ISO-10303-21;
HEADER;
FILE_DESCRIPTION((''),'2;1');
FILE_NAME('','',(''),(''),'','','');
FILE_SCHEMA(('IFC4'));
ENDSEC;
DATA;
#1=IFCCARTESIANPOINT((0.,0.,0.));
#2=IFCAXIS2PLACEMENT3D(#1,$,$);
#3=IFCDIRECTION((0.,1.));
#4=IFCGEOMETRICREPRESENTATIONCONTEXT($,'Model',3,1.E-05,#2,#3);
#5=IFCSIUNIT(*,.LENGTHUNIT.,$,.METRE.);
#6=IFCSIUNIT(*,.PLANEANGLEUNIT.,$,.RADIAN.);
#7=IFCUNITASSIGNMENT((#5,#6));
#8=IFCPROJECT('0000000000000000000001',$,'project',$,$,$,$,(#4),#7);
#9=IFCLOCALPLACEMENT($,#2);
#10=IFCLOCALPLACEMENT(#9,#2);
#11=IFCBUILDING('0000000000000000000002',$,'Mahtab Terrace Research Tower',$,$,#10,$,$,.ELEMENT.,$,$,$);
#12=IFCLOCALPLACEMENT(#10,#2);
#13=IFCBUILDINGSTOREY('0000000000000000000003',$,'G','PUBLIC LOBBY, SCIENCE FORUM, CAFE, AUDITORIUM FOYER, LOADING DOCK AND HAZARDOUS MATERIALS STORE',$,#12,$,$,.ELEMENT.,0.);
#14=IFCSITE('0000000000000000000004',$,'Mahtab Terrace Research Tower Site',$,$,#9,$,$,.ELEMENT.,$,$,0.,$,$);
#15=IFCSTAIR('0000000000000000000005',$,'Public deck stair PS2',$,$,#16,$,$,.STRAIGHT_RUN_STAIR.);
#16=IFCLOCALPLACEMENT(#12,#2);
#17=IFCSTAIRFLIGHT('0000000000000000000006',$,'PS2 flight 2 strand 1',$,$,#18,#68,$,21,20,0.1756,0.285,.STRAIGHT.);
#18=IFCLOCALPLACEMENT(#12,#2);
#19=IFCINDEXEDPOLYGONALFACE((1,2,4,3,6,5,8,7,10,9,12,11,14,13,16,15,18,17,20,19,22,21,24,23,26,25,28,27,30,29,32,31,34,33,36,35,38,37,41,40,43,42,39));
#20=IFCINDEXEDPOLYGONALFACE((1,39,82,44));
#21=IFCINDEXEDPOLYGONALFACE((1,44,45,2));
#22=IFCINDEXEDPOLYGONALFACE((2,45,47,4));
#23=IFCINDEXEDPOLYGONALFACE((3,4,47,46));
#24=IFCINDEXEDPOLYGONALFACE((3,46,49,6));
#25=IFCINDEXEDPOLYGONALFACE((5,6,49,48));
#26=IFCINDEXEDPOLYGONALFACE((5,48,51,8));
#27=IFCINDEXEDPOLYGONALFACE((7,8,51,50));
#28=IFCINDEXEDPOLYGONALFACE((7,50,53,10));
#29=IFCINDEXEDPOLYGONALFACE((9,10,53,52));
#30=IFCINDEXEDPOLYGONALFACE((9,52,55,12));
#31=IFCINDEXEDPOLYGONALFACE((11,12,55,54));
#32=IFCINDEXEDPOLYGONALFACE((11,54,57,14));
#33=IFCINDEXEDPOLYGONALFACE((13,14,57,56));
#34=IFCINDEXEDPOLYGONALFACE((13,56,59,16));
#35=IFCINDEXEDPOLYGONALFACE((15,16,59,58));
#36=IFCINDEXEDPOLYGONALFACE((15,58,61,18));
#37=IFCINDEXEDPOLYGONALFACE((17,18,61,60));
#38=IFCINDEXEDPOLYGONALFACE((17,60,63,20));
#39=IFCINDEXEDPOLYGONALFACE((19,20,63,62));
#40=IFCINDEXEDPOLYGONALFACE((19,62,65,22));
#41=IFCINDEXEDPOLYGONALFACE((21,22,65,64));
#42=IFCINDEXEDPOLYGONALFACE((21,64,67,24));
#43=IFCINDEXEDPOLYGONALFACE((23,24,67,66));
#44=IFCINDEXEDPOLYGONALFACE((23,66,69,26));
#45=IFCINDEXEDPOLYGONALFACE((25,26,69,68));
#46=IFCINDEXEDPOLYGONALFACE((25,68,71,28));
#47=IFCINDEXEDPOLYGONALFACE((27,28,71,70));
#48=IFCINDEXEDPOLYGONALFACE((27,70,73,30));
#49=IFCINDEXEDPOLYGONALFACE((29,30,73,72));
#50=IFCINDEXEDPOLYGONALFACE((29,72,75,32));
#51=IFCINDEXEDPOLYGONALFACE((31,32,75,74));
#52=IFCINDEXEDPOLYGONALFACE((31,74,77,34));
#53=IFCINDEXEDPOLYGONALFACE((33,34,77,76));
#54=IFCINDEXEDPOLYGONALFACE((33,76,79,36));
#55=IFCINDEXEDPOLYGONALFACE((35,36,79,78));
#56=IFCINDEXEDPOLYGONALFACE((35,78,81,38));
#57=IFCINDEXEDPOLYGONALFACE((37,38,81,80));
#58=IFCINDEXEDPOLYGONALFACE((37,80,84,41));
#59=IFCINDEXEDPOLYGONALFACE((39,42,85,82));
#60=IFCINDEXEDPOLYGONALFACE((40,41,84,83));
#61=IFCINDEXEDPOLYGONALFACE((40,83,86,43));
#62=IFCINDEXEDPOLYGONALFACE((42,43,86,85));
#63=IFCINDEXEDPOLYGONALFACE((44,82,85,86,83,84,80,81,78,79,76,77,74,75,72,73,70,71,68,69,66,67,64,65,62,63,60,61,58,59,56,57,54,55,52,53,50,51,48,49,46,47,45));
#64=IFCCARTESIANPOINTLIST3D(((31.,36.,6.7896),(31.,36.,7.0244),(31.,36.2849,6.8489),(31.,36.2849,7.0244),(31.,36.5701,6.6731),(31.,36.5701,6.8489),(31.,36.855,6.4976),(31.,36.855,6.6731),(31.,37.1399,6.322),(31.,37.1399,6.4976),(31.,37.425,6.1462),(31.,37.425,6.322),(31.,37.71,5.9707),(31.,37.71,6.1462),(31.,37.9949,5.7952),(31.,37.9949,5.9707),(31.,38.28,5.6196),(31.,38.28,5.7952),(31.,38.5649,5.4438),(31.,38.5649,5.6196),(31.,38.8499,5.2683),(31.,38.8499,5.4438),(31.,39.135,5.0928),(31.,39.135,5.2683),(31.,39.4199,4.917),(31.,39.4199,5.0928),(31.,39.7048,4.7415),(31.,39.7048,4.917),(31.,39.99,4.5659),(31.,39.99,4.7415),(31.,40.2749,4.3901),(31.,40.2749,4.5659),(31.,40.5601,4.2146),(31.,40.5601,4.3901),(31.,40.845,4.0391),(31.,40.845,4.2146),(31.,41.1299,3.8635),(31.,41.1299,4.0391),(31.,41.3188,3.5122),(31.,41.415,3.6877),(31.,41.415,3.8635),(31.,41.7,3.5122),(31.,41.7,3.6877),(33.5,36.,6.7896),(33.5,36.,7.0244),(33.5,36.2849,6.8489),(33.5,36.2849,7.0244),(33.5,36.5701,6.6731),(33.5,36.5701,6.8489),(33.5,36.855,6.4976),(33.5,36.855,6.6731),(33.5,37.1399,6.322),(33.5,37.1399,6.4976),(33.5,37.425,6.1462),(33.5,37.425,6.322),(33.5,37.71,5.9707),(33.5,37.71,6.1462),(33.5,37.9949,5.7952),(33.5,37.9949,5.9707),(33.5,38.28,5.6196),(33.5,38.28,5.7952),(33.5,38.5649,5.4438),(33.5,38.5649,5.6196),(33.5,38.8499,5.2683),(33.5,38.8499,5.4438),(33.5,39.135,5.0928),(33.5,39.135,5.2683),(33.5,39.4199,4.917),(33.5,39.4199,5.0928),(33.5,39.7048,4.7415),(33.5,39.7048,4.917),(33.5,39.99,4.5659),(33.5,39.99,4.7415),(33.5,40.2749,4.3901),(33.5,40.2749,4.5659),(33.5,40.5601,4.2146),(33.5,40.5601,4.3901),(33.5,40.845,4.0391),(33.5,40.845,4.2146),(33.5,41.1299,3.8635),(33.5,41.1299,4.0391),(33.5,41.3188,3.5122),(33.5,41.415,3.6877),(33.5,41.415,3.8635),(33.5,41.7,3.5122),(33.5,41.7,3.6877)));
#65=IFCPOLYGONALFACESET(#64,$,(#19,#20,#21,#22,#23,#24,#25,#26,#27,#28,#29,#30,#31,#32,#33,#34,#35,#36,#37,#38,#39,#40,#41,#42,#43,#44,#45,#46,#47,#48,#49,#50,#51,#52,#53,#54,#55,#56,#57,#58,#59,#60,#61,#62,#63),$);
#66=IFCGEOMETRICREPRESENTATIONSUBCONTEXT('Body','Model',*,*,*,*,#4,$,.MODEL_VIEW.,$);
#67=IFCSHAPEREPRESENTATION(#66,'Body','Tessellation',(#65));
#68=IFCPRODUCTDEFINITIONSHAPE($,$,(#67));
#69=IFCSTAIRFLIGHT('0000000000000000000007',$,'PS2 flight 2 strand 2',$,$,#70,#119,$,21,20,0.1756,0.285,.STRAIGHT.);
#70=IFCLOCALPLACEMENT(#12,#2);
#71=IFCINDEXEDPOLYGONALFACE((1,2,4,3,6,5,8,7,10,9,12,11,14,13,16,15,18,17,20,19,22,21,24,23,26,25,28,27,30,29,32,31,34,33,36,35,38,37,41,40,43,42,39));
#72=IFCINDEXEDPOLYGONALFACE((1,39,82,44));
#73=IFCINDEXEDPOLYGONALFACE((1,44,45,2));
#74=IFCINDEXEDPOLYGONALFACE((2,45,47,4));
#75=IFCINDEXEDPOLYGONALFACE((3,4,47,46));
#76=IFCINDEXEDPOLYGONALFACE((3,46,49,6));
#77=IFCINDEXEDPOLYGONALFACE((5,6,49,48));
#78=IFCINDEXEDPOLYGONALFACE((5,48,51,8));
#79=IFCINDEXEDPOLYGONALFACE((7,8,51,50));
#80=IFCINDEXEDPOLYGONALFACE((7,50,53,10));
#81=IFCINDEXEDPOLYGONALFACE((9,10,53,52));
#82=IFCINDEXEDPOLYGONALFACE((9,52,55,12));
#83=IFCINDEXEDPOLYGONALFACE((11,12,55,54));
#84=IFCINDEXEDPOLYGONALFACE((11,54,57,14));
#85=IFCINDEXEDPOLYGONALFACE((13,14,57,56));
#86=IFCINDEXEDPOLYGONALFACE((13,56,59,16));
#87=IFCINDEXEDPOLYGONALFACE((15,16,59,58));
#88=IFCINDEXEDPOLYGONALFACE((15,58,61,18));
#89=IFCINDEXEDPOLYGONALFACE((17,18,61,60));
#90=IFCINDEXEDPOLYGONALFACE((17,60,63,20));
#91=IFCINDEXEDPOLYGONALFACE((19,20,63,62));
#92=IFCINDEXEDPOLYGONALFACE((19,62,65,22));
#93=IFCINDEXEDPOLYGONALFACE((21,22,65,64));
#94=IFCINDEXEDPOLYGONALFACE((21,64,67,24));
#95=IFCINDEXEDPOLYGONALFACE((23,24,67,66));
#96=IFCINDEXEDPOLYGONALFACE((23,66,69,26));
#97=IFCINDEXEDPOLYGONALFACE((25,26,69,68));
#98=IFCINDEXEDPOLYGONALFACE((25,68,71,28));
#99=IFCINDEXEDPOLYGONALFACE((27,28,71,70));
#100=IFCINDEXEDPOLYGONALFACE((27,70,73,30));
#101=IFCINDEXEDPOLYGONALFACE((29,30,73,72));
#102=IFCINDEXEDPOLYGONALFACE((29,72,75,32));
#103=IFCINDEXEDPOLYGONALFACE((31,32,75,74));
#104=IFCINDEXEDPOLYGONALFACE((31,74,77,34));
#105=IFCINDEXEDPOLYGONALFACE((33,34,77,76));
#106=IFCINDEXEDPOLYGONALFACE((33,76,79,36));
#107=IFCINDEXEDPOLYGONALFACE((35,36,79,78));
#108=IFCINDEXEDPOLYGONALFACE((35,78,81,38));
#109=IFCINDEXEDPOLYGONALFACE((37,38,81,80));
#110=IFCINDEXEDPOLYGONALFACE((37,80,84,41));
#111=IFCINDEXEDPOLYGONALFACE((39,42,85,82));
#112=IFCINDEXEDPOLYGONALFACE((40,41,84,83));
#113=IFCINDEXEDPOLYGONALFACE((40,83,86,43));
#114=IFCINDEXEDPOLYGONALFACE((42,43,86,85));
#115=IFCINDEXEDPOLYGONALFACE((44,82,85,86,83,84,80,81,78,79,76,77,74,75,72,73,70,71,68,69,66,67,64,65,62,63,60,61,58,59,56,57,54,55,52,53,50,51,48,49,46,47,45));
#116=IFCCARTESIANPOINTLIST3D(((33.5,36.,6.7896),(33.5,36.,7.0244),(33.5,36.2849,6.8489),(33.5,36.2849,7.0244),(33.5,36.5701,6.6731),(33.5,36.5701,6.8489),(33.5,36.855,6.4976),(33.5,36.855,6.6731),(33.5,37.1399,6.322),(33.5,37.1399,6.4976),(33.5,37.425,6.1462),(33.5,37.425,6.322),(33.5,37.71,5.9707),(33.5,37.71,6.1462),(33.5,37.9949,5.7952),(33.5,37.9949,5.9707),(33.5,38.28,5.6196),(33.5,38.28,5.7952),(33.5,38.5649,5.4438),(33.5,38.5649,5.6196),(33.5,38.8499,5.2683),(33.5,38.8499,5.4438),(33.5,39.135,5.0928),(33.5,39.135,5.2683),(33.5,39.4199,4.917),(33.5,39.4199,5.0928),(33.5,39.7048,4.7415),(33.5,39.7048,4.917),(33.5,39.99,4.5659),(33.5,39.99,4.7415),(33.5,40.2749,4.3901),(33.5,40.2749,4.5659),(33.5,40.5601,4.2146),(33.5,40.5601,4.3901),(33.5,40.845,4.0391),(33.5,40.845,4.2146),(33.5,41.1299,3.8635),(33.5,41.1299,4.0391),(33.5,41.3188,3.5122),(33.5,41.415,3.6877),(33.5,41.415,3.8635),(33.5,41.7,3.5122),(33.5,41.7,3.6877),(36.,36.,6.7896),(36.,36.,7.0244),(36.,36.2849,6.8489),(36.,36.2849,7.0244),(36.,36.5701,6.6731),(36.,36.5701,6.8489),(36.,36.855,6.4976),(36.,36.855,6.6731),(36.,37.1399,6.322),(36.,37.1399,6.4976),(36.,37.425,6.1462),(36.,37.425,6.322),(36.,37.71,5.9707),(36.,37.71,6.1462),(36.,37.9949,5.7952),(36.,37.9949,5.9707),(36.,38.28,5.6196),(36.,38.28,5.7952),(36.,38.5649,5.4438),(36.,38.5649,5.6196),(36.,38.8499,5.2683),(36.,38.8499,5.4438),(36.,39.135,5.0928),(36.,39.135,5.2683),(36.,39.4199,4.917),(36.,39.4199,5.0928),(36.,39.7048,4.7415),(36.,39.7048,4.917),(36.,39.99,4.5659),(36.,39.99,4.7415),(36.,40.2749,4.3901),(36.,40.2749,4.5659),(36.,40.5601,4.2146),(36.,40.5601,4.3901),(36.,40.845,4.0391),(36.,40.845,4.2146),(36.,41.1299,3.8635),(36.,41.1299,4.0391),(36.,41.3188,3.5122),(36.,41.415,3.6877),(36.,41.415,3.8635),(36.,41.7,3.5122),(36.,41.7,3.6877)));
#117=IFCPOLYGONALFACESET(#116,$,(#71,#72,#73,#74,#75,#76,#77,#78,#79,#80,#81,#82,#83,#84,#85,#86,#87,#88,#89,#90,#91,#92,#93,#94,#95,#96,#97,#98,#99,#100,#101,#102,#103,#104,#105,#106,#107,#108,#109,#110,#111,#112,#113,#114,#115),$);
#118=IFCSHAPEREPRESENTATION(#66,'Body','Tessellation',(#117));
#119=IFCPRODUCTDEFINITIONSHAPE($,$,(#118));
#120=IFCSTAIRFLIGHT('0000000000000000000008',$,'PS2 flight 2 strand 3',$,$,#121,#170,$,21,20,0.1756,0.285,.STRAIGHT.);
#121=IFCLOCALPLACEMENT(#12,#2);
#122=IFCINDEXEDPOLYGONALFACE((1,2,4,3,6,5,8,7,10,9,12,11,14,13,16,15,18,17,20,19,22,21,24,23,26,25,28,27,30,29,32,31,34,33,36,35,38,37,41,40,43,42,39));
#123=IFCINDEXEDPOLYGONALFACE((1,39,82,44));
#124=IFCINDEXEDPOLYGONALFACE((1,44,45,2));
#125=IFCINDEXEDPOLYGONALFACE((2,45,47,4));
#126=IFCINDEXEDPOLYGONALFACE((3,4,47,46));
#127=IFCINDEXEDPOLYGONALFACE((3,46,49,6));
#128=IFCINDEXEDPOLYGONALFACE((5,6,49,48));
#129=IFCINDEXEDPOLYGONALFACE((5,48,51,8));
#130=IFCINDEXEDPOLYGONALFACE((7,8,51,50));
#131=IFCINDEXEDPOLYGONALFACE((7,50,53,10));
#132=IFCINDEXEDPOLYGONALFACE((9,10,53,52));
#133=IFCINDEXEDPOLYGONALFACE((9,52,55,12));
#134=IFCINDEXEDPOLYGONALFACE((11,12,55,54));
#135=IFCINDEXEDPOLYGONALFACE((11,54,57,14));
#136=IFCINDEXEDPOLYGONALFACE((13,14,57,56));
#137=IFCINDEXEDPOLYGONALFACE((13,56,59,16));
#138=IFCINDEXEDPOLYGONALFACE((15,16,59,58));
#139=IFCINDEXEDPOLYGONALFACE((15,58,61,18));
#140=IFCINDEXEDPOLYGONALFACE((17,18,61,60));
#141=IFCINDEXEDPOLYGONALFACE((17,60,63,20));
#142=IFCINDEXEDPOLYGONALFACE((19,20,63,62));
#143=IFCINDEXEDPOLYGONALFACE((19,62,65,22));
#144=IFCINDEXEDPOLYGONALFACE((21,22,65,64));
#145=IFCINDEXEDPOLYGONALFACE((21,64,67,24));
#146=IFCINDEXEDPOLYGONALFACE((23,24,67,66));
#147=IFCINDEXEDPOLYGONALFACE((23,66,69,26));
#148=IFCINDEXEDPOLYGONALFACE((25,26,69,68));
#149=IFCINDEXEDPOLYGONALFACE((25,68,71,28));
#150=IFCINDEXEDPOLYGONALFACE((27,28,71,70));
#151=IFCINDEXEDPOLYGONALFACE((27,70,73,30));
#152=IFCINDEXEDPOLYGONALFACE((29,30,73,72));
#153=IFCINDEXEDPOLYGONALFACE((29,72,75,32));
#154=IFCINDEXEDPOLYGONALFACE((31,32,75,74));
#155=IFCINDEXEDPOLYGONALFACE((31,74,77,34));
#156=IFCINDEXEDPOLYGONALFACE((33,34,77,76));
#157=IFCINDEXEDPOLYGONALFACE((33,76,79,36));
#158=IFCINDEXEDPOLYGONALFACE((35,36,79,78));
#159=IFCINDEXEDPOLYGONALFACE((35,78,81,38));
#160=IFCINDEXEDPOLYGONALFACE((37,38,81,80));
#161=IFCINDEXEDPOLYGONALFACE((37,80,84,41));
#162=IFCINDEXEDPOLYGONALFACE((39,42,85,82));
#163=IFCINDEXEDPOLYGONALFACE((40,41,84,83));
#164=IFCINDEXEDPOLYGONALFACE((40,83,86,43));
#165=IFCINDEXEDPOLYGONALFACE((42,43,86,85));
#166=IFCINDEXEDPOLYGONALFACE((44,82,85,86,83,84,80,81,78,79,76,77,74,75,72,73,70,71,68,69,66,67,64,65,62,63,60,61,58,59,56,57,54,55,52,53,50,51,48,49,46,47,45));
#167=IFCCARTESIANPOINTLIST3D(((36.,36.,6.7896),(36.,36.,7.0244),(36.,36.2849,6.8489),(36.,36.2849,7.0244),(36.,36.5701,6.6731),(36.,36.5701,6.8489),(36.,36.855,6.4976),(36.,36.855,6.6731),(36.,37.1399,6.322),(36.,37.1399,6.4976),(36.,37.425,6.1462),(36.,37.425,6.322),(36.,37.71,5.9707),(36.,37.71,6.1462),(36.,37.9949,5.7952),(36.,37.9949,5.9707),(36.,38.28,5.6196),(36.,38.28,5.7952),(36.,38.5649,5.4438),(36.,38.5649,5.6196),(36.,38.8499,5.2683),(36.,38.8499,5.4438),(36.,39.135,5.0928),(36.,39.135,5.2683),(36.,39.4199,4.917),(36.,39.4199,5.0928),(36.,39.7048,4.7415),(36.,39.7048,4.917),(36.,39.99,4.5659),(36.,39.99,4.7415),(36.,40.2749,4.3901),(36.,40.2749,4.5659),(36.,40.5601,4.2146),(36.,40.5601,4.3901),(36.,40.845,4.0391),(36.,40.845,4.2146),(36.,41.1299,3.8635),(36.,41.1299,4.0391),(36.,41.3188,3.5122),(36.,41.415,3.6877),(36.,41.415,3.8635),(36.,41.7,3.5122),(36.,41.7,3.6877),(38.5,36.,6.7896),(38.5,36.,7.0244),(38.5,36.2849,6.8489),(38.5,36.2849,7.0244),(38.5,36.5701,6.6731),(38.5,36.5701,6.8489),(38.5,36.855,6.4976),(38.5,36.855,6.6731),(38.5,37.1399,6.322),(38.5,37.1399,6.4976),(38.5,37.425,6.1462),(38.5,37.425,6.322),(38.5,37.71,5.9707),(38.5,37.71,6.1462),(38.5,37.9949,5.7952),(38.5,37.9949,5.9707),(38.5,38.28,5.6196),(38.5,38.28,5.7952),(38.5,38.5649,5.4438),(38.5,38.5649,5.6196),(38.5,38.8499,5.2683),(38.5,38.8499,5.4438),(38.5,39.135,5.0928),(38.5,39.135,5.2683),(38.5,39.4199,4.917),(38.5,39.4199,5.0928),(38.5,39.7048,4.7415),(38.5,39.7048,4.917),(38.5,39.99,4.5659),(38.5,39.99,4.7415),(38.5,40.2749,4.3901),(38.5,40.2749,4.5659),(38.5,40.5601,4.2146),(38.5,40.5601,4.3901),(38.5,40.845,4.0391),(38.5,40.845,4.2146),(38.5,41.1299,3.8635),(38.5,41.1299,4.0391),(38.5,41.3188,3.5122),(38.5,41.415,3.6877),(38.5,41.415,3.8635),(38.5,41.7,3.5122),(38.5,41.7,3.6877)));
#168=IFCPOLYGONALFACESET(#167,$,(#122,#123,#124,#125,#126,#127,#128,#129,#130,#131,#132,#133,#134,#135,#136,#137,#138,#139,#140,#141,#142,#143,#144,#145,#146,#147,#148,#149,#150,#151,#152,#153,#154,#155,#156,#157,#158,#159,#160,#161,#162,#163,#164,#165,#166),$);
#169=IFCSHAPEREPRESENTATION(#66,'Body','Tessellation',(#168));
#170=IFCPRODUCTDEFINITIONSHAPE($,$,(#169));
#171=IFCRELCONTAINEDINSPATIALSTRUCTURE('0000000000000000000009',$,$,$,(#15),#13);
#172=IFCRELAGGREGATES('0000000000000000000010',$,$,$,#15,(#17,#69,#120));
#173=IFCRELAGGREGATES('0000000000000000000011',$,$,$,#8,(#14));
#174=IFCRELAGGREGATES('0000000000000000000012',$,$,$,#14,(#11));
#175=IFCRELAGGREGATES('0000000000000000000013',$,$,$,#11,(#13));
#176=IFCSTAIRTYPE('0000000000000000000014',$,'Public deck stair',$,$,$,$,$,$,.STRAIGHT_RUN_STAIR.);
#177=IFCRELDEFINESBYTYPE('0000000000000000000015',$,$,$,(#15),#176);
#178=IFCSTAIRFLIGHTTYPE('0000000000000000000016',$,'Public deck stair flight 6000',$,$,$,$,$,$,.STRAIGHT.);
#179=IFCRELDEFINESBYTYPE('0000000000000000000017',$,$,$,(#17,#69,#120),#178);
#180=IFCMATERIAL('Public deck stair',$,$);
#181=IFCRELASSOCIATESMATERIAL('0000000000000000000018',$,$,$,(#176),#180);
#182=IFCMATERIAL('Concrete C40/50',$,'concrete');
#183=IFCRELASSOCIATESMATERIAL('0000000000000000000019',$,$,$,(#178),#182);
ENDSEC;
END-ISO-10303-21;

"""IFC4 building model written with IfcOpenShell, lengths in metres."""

from ifc_helpers import new_model, si_unit, direction, frame, origin, place, context, subcontext, project, spatial, polyline, outline, extrude, material, type_object, element, aggregate, save


model = new_model("IFC4")

# Units and contexts
model_context = context("Model", 3, precision=1e-05, world=origin(), true_north=direction((0.0, 1.0)))
body_context = subcontext(model_context, "Body", "Model", "MODEL_VIEW")
ifc_project = project(units=[si_unit("LENGTHUNIT", "METRE"), si_unit("PLANEANGLEUNIT", "RADIAN")], contexts=[model_context])

# Site, building, storey
site_placement = place(None, origin())
site = spatial("IfcSite", under=ifc_project, at=site_placement, Name="Mahtab Terrace Research Tower Site", CompositionType="ELEMENT", RefElevation=0.0)
building_placement = place(site_placement, origin())
building = spatial("IfcBuilding", under=site, at=building_placement, Name="Mahtab Terrace Research Tower", CompositionType="ELEMENT")
storey_placement = place(building_placement, origin())
storey = spatial("IfcBuildingStorey", under=building, at=storey_placement, Name="G", Description="PUBLIC LOBBY, SCIENCE FORUM, CAFE, AUDITORIUM FOYER, LOADING DOCK AND HAZARDOUS MATERIALS STORE", CompositionType="ELEMENT", Elevation=0.0)

# Shared definitions
ifc_material_1 = material(Name="Concrete C40/50", Category="concrete")

# Stair, stair flights
ifc_material_2 = material(Name="Public deck stair")
stair_type = type_object("IfcStairType", Name="Public deck stair", PredefinedType="STRAIGHT_RUN_STAIR", material=ifc_material_2)
stair_placement = place(storey_placement, origin())
stair = element("IfcStair", 1, at=stair_placement, inside=storey, type_object=stair_type, Name="Public deck stair PS2", PredefinedType="STRAIGHT_RUN_STAIR")
stair_flight_type = type_object("IfcStairFlightType", Name="Public deck stair flight 6000", PredefinedType="STRAIGHT", material=ifc_material_1)
stair_flight_1_placement = place(storey_placement, frame((32.25, 41.7, 3.5122), z_axis=(0.0, 0.0, 1.0), x_axis=(0.0, -1.0, 0.0)))
stair_flight_1 = element("IfcStairFlight", 2, at=stair_flight_1_placement, type_object=stair_flight_type, Name="PS2 flight 2 strand 1", NumberOfRisers=21, NumberOfTreads=20, PredefinedType="STRAIGHT", RiserHeight=0.1756, TreadLength=0.285, context=body_context, shape_type="SweptSolid", body=[
    extrude(outline(polyline([(0.0, 0.0), (0.0, 0.1755), (0.2849, 0.1755), (0.2849, 0.3513), (0.5701, 0.3513), (0.5701, 0.5269), (0.855, 0.5269), (0.855, 0.7024), (1.1399, 0.7024), (1.1399, 0.8779), (1.425, 0.8779), (1.425, 1.0537), (1.71, 1.0537), (1.71, 1.2292), (1.9951, 1.2292), (1.9951, 1.4048), (2.28, 1.4048), (2.28, 1.5806), (2.5649, 1.5806), (2.5649, 1.7561), (2.8501, 1.7561), (2.8501, 1.9316), (3.135, 1.9316), (3.135, 2.1074), (3.4199, 2.1074), (3.4199, 2.283), (3.7051, 2.283), (3.7051, 2.4585), (3.99, 2.4585), (3.99, 2.634), (4.2749, 2.634), (4.2749, 2.8098), (4.5601, 2.8098), (4.5601, 2.9854), (4.845, 2.9854), (4.845, 3.1609), (5.1299, 3.1609), (5.1299, 3.3367), (5.415, 3.3367), (5.415, 3.5122), (5.7, 3.5122), (5.7, 3.6877), (5.7, 3.2773), (0.3811, 0.0), (0.0, 0.0)])), frame((0.0, 1.25, 0.0), z_axis=(0.0, -1.0, 0.0), x_axis=(1.0, 0.0, 0.0)), (0.0, 0.0, 1.0), 2.5),
])
stair_flight_2_placement = place(storey_placement, frame((34.75, 41.7, 3.5122), z_axis=(0.0, 0.0, 1.0), x_axis=(0.0, -1.0, 0.0)))
stair_flight_2 = element("IfcStairFlight", 3, at=stair_flight_2_placement, type_object=stair_flight_type, Name="PS2 flight 2 strand 2", NumberOfRisers=21, NumberOfTreads=20, PredefinedType="STRAIGHT", RiserHeight=0.1756, TreadLength=0.285, context=body_context, shape_type="SweptSolid", body=[
    extrude(outline(polyline([(0.0, 0.0), (0.0, 0.1755), (0.2849, 0.1755), (0.2849, 0.3513), (0.5701, 0.3513), (0.5701, 0.5269), (0.855, 0.5269), (0.855, 0.7024), (1.1399, 0.7024), (1.1399, 0.8779), (1.425, 0.8779), (1.425, 1.0537), (1.71, 1.0537), (1.71, 1.2292), (1.9951, 1.2292), (1.9951, 1.4048), (2.28, 1.4048), (2.28, 1.5806), (2.5649, 1.5806), (2.5649, 1.7561), (2.8501, 1.7561), (2.8501, 1.9316), (3.135, 1.9316), (3.135, 2.1074), (3.4199, 2.1074), (3.4199, 2.283), (3.7051, 2.283), (3.7051, 2.4585), (3.99, 2.4585), (3.99, 2.634), (4.2749, 2.634), (4.2749, 2.8098), (4.5601, 2.8098), (4.5601, 2.9854), (4.845, 2.9854), (4.845, 3.1609), (5.1299, 3.1609), (5.1299, 3.3367), (5.415, 3.3367), (5.415, 3.5122), (5.7, 3.5122), (5.7, 3.6877), (5.7, 3.2773), (0.3811, 0.0), (0.0, 0.0)])), frame((0.0, 1.25, 0.0), z_axis=(0.0, -1.0, 0.0), x_axis=(1.0, 0.0, 0.0)), (0.0, 0.0, 1.0), 2.5),
])
stair_flight_3_placement = place(storey_placement, frame((37.25, 41.7, 3.5122), z_axis=(0.0, 0.0, 1.0), x_axis=(0.0, -1.0, 0.0)))
stair_flight_3 = element("IfcStairFlight", 4, at=stair_flight_3_placement, type_object=stair_flight_type, Name="PS2 flight 2 strand 3", NumberOfRisers=21, NumberOfTreads=20, PredefinedType="STRAIGHT", RiserHeight=0.1756, TreadLength=0.285, context=body_context, shape_type="SweptSolid", body=[
    extrude(outline(polyline([(0.0, 0.0), (0.0, 0.1755), (0.2849, 0.1755), (0.2849, 0.3513), (0.5701, 0.3513), (0.5701, 0.5269), (0.855, 0.5269), (0.855, 0.7024), (1.1399, 0.7024), (1.1399, 0.8779), (1.425, 0.8779), (1.425, 1.0537), (1.71, 1.0537), (1.71, 1.2292), (1.9951, 1.2292), (1.9951, 1.4048), (2.28, 1.4048), (2.28, 1.5806), (2.5649, 1.5806), (2.5649, 1.7561), (2.8501, 1.7561), (2.8501, 1.9316), (3.135, 1.9316), (3.135, 2.1074), (3.4199, 2.1074), (3.4199, 2.283), (3.7051, 2.283), (3.7051, 2.4585), (3.99, 2.4585), (3.99, 2.634), (4.2749, 2.634), (4.2749, 2.8098), (4.5601, 2.8098), (4.5601, 2.9854), (4.845, 2.9854), (4.845, 3.1609), (5.1299, 3.1609), (5.1299, 3.3367), (5.415, 3.3367), (5.415, 3.5122), (5.7, 3.5122), (5.7, 3.6877), (5.7, 3.2773), (0.3811, 0.0), (0.0, 0.0)])), frame((0.0, 1.25, 0.0), z_axis=(0.0, -1.0, 0.0), x_axis=(1.0, 0.0, 0.0)), (0.0, 0.0, 1.0), 2.5),
])
aggregate(stair, [stair_flight_1, stair_flight_2, stair_flight_3])

save(model, "model.ifc")
